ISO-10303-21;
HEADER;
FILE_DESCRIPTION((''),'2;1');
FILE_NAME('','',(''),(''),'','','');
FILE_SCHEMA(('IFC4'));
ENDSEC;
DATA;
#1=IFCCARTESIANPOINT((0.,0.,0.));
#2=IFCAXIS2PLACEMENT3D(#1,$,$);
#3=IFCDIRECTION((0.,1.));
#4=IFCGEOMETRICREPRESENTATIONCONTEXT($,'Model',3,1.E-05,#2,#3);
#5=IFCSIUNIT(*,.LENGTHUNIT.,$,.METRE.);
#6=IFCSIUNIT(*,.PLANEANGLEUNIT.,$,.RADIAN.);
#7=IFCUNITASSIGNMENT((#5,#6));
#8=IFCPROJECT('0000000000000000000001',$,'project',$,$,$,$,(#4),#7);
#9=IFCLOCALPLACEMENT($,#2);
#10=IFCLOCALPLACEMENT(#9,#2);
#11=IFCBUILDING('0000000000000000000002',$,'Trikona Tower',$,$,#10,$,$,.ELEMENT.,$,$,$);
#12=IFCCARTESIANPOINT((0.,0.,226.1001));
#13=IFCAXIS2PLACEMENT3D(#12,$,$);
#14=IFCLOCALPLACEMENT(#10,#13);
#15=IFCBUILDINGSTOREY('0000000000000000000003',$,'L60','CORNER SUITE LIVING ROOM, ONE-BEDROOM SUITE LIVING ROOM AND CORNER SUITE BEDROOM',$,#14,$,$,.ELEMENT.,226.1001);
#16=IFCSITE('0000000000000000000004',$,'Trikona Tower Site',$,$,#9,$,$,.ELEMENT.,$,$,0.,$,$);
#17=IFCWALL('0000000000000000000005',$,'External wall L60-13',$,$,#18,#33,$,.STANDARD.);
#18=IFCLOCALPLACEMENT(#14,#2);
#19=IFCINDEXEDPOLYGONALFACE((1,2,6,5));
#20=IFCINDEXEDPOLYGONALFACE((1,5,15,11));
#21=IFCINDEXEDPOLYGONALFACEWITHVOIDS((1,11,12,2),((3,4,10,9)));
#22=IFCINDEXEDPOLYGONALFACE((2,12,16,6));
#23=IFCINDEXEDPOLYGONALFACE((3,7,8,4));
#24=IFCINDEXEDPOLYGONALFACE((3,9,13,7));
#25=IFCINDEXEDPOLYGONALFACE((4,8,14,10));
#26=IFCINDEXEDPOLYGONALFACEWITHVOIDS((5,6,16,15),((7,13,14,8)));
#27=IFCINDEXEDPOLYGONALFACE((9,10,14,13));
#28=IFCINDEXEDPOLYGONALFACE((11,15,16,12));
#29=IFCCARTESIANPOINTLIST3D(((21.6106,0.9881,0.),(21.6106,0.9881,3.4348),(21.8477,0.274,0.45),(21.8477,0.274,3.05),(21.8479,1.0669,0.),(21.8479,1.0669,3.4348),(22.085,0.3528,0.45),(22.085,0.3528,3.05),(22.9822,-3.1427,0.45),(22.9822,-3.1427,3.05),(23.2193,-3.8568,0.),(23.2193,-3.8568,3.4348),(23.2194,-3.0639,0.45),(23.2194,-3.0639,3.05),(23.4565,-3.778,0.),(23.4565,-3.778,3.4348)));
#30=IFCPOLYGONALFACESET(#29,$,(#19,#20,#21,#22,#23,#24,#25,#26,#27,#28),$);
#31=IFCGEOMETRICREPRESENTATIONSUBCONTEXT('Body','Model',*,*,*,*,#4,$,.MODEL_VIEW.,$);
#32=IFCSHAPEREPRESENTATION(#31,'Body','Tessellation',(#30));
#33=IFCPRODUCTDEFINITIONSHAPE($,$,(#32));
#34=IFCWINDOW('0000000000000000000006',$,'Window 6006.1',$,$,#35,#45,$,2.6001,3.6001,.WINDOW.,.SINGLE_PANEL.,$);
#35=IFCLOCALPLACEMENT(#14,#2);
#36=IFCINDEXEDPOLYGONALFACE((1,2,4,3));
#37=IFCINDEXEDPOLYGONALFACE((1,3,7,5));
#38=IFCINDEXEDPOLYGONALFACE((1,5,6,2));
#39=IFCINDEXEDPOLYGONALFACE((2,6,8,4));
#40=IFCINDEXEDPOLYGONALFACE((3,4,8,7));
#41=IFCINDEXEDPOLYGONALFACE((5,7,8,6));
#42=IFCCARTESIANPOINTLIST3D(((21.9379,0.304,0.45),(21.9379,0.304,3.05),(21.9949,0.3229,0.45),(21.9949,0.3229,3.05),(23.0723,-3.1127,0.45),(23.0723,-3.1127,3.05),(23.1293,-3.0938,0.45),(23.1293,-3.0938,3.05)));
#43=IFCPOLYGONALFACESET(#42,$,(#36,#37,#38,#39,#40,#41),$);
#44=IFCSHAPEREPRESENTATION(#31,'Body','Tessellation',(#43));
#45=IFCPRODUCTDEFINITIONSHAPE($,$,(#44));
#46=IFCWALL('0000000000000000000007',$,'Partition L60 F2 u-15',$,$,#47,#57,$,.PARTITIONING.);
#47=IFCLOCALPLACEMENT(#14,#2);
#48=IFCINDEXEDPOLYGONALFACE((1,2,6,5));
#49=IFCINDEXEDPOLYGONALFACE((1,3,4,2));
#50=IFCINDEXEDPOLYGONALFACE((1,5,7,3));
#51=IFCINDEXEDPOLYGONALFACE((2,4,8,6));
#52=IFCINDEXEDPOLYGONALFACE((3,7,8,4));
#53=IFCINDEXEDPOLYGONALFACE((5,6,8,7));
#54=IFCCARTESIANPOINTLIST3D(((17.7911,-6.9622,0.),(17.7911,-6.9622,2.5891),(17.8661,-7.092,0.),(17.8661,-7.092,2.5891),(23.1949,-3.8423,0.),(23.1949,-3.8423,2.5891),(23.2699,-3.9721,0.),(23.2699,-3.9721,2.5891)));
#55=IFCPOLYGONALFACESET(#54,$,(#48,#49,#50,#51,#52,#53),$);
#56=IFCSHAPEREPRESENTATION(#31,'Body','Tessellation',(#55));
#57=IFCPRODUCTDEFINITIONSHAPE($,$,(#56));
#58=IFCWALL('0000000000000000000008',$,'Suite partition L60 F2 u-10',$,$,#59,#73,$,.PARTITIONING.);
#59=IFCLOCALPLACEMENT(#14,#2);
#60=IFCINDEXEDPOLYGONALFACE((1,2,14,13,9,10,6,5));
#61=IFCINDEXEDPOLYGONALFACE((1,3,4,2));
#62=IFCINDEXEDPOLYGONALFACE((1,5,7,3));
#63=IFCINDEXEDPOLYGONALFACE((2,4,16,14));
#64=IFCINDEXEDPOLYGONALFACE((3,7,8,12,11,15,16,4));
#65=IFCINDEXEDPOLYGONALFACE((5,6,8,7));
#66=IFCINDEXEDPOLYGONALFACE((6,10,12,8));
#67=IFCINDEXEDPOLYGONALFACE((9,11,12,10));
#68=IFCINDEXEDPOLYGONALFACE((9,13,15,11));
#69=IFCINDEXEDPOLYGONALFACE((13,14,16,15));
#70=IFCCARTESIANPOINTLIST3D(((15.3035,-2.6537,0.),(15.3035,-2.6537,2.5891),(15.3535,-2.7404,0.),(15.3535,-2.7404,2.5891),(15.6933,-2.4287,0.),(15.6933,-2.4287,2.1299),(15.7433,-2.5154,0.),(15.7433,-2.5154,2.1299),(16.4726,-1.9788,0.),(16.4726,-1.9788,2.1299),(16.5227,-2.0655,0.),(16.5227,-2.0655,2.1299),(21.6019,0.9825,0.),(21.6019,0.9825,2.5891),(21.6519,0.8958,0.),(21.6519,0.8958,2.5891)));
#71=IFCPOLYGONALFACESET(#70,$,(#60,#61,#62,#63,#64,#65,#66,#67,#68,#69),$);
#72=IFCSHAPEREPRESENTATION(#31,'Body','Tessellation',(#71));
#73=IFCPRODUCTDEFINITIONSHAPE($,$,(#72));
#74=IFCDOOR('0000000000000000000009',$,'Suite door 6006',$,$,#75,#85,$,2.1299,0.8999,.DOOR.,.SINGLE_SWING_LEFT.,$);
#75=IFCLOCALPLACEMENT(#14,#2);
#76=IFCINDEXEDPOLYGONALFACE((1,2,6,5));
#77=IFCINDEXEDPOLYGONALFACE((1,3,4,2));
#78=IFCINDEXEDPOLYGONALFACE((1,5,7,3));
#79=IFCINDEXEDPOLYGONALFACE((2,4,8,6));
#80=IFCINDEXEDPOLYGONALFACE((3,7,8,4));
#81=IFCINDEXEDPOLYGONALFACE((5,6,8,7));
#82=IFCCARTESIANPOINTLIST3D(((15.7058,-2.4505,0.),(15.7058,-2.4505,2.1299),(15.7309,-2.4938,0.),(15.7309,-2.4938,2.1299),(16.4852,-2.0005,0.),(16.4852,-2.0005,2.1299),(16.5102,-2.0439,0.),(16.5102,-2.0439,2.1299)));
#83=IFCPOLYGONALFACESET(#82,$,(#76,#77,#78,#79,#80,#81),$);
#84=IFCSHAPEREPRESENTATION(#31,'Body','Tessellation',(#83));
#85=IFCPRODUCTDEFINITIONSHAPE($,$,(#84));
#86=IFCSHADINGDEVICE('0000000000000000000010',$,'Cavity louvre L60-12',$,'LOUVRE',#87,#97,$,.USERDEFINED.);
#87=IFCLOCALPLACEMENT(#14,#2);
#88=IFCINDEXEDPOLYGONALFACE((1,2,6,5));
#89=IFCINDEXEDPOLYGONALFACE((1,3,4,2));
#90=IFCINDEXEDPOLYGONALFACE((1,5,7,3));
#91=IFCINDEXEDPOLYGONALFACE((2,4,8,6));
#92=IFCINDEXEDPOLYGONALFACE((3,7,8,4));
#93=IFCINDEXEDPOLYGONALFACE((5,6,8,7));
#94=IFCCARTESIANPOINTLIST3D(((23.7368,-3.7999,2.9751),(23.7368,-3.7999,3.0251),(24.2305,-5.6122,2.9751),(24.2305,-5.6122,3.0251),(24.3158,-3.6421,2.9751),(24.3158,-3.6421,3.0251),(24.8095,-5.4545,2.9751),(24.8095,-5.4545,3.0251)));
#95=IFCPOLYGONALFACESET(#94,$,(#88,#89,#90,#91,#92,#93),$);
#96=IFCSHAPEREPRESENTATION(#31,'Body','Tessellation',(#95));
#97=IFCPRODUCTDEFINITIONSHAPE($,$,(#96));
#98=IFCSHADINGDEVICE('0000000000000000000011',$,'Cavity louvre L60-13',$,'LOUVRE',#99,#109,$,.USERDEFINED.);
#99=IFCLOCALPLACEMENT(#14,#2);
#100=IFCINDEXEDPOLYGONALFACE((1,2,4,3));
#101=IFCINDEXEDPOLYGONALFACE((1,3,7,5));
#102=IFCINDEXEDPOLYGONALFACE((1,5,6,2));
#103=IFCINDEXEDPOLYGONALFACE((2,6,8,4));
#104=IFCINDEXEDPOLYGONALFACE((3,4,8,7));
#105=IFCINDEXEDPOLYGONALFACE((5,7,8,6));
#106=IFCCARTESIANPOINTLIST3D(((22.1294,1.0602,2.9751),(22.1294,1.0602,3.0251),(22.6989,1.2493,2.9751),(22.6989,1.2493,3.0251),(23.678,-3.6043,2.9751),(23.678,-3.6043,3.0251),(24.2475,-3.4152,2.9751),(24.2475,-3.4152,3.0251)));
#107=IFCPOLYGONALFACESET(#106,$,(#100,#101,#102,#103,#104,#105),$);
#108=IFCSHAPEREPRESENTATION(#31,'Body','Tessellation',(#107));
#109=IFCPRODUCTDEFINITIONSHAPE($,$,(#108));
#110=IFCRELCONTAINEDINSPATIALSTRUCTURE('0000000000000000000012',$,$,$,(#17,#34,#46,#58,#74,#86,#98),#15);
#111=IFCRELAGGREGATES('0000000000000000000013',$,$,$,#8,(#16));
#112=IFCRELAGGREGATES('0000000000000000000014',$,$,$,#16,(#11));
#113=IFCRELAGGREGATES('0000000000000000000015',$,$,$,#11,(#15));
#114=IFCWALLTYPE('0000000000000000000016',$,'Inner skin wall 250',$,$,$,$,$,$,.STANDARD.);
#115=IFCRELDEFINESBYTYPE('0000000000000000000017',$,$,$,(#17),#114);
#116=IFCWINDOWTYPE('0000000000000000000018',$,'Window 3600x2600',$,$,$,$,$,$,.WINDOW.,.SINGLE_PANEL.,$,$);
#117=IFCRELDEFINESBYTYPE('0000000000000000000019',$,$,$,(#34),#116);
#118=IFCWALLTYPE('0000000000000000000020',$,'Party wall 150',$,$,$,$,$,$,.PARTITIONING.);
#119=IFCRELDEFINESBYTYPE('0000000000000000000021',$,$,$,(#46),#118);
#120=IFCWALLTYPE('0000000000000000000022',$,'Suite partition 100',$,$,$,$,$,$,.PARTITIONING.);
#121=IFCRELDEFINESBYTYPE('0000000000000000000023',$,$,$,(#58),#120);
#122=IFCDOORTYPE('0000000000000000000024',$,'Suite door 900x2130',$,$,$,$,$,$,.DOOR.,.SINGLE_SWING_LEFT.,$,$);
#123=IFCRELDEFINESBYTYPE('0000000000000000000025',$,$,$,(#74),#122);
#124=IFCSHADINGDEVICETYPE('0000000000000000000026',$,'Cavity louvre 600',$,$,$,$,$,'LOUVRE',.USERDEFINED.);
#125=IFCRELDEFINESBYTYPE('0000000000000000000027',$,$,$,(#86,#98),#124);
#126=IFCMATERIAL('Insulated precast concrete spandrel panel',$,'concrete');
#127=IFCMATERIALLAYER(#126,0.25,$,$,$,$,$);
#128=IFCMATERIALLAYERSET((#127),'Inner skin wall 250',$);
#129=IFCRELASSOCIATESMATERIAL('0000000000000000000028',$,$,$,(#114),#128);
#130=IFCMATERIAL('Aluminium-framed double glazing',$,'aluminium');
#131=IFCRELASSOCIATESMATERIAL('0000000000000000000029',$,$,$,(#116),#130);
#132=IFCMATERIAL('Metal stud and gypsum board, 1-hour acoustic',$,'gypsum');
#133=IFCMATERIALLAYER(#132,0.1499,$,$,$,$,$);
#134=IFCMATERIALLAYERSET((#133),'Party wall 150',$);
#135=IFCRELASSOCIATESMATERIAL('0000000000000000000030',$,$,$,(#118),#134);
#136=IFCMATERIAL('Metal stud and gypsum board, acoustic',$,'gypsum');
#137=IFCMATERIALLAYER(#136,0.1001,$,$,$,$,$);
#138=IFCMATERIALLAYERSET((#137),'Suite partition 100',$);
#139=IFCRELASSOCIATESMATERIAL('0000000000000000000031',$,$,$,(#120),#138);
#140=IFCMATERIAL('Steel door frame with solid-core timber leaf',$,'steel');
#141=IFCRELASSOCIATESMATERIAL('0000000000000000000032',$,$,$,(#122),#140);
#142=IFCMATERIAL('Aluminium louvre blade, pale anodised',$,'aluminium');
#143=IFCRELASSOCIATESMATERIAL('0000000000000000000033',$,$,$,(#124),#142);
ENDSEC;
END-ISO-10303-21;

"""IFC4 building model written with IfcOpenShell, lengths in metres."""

from ifc_helpers import new_model, si_unit, direction, frame, frame_2d, origin, origin_2d, place, context, subcontext, project, spatial, rectangle, extrude, material, layer, layer_set, type_object, element, fill, save


model = new_model("IFC4")

# Units and contexts
model_context = context("Model", 3, precision=1e-05, world=origin(), true_north=direction((0.0, 1.0)))
body_context = subcontext(model_context, "Body", "Model", "MODEL_VIEW")
ifc_project = project(units=[si_unit("LENGTHUNIT", "METRE"), si_unit("PLANEANGLEUNIT", "RADIAN")], contexts=[model_context])

# Site, building, storey
site_placement = place(None, origin())
site = spatial("IfcSite", under=ifc_project, at=site_placement, Name="Trikona Tower Site", CompositionType="ELEMENT", RefElevation=0.0)
building_placement = place(site_placement, origin())
building = spatial("IfcBuilding", under=site, at=building_placement, Name="Trikona Tower", CompositionType="ELEMENT")
storey_placement = place(building_placement, frame((0.0, 0.0, 226.1001)))
storey = spatial("IfcBuildingStorey", under=building, at=storey_placement, Name="L60", Description="CORNER SUITE LIVING ROOM, ONE-BEDROOM SUITE LIVING ROOM AND CORNER SUITE BEDROOM", CompositionType="ELEMENT", Elevation=226.1001)

# Shared definitions
ifc_material_1 = material(Name="Insulated precast concrete spandrel panel", Category="concrete")
ifc_layer_1 = layer(ifc_material_1, 0.25)
ifc_layer_set_1 = layer_set([ifc_layer_1], Name="Inner skin wall 250")
wall_type_1 = type_object("IfcWallType", Name="Inner skin wall 250", PredefinedType="STANDARD", material=ifc_layer_set_1)

# Wall, opening, window
wall_1_placement = place(storey_placement, frame((23.3379, -3.8174, 0.0), z_axis=(0.0, 0.0, 1.0), x_axis=(-0.315108, 0.949056, 0.0)))
wall_1 = element("IfcWall", 1, at=wall_1_placement, inside=storey, type_object=wall_type_1, Name="External wall L60-13", PredefinedType="STANDARD", context=body_context, shape_type="SweptSolid", body=[
    extrude(rectangle(XDim=5.105, YDim=0.25, at=frame_2d((2.5525, 0.0))), origin(), (0.0, 0.0, 1.0), 3.4348),
])
opening_1_placement = place(wall_1_placement, frame((0.7524, 0.0, 0.45)))
opening_1 = element("IfcOpeningElement", 2, at=opening_1_placement, cuts=wall_1, PredefinedType="OPENING", context=body_context, shape_type="SweptSolid", body=[
    extrude(rectangle(XDim=3.6001, YDim=2.6001, at=frame_2d((1.8, 1.3))), frame((0.0, 0.135, 0.0), z_axis=(0.0, -1.0, 0.0), x_axis=(1.0, 0.0, 0.0)), (0.0, 0.0, 1.0), 0.27),
])
ifc_material_2 = material(Name="Aluminium-framed double glazing", Category="aluminium")
window_type = type_object("IfcWindowType", Name="Window 3600x2600", PartitioningType="SINGLE_PANEL", PredefinedType="WINDOW", material=ifc_material_2)
window_placement = place(opening_1_placement, origin())
window = element("IfcWindow", 3, at=window_placement, inside=storey, type_object=window_type, Name="Window 6006.1", OverallHeight=2.6001, OverallWidth=3.6001, PartitioningType="SINGLE_PANEL", PredefinedType="WINDOW", context=body_context, shape_type="SweptSolid", body=[
    extrude(rectangle(XDim=3.6001, YDim=2.6001, at=frame_2d((1.8, 1.3))), frame((0.0, 0.03, 0.0), z_axis=(0.0, -1.0, 0.0), x_axis=(1.0, 0.0, 0.0)), (0.0, 0.0, 1.0), 0.0601),
])
fill(opening_1, window)

# Wall
ifc_material_3 = material(Name="Metal stud and gypsum board, 1-hour acoustic", Category="gypsum")
ifc_layer_2 = layer(ifc_material_3, 0.1499)
ifc_layer_set_2 = layer_set([ifc_layer_2], Name="Party wall 150")
wall_type_2 = type_object("IfcWallType", Name="Party wall 150", PredefinedType="PARTITIONING", material=ifc_layer_set_2)
wall_2_placement = place(storey_placement, frame((17.8286, -7.0271, 0.0), z_axis=(0.0, 0.0, 1.0), x_axis=(0.866027, 0.499998, 0.0)))
element("IfcWall", 4, at=wall_2_placement, inside=storey, type_object=wall_type_2, Name="Partition L60 F2 u-15", PredefinedType="PARTITIONING", context=body_context, shape_type="SweptSolid", body=[
    extrude(rectangle(XDim=6.2397, YDim=0.1499, at=frame_2d((3.1199, 0.0))), origin(), (0.0, 0.0, 1.0), 2.5891),
])

# Wall, opening, door
ifc_material_4 = material(Name="Metal stud and gypsum board, acoustic", Category="gypsum")
ifc_layer_3 = layer(ifc_material_4, 0.1001)
ifc_layer_set_3 = layer_set([ifc_layer_3], Name="Suite partition 100")
wall_type_3 = type_object("IfcWallType", Name="Suite partition 100", PredefinedType="PARTITIONING", material=ifc_layer_set_3)
wall_3_placement = place(storey_placement, frame((15.3286, -2.697, 0.0), z_axis=(0.0, 0.0, 1.0), x_axis=(0.866032, 0.499988, 0.0)))
wall_3 = element("IfcWall", 5, at=wall_3_placement, inside=storey, type_object=wall_type_3, Name="Suite partition L60 F2 u-10", PredefinedType="PARTITIONING", context=body_context, shape_type="SweptSolid", body=[
    extrude(rectangle(XDim=7.2727, YDim=0.1001, at=frame_2d((3.6362, 0.0))), origin(), (0.0, 0.0, 1.0), 2.5891),
])
opening_2_placement = place(wall_3_placement, frame((0.45, 0.0, 0.0)))
opening_2 = element("IfcOpeningElement", 6, at=opening_2_placement, cuts=wall_3, PredefinedType="OPENING", context=body_context, shape_type="SweptSolid", body=[
    extrude(rectangle(XDim=0.8999, YDim=2.1299, at=frame_2d((0.45, 1.0649))), frame((0.0, 0.0601, 0.0), z_axis=(0.0, -1.0, 0.0), x_axis=(1.0, 0.0, 0.0)), (0.0, 0.0, 1.0), 0.1201),
])
ifc_material_5 = material(Name="Steel door frame with solid-core timber leaf", Category="steel")
door_type_1 = type_object("IfcDoorType", Name="Suite door 900x2130", OperationType="SINGLE_SWING_LEFT", PredefinedType="DOOR", material=ifc_material_5)
door_1_placement = place(opening_2_placement, origin())
door_1 = element("IfcDoor", 7, at=door_1_placement, inside=storey, type_object=door_type_1, Name="Suite door 6006", OperationType="SINGLE_SWING_LEFT", OverallHeight=2.1299, OverallWidth=0.8999, PredefinedType="DOOR", context=body_context, shape_type="SweptSolid", body=[
    extrude(rectangle(XDim=0.8999, YDim=2.1299, at=frame_2d((0.45, 1.0649))), frame((0.0, 0.0249, 0.0), z_axis=(0.0, -1.0, 0.0), x_axis=(1.0, 0.0, 0.0)), (0.0, 0.0, 1.0), 0.05),
])
fill(opening_2, door_1)

# Shading devices
ifc_material_6 = material(Name="Aluminium louvre blade, pale anodised", Category="aluminium")
shading_device_type = type_object("IfcShadingDeviceType", Name="Cavity louvre 600", ElementType="LOUVRE", PredefinedType="USERDEFINED", material=ifc_material_6)
shading_device_1_placement = place(storey_placement, frame((24.2732, -4.6272, 2.9751), z_axis=(0.0, 0.0, 1.0), x_axis=(-0.262822, 0.964844, 0.0)))
element("IfcShadingDevice", 8, at=shading_device_1_placement, inside=storey, type_object=shading_device_type, Name="Cavity louvre L60-12", ObjectType="LOUVRE", PredefinedType="USERDEFINED", context=body_context, shape_type="SweptSolid", body=[
    extrude(rectangle(XDim=1.8784, YDim=0.6001, at=origin_2d()), origin(), (0.0, 0.0, 1.0), 0.05),
])
shading_device_2_placement = place(storey_placement, frame((23.1885, -1.1775, 2.9751), z_axis=(0.0, 0.0, 1.0), x_axis=(-0.315093, 0.949061, 0.0)))
element("IfcShadingDevice", 9, at=shading_device_2_placement, inside=storey, type_object=shading_device_type, Name="Cavity louvre L60-13", ObjectType="LOUVRE", PredefinedType="USERDEFINED", context=body_context, shape_type="SweptSolid", body=[
    extrude(rectangle(XDim=4.9148, YDim=0.6001, at=origin_2d()), origin(), (0.0, 0.0, 1.0), 0.05),
])

save(model, "model.ifc")
